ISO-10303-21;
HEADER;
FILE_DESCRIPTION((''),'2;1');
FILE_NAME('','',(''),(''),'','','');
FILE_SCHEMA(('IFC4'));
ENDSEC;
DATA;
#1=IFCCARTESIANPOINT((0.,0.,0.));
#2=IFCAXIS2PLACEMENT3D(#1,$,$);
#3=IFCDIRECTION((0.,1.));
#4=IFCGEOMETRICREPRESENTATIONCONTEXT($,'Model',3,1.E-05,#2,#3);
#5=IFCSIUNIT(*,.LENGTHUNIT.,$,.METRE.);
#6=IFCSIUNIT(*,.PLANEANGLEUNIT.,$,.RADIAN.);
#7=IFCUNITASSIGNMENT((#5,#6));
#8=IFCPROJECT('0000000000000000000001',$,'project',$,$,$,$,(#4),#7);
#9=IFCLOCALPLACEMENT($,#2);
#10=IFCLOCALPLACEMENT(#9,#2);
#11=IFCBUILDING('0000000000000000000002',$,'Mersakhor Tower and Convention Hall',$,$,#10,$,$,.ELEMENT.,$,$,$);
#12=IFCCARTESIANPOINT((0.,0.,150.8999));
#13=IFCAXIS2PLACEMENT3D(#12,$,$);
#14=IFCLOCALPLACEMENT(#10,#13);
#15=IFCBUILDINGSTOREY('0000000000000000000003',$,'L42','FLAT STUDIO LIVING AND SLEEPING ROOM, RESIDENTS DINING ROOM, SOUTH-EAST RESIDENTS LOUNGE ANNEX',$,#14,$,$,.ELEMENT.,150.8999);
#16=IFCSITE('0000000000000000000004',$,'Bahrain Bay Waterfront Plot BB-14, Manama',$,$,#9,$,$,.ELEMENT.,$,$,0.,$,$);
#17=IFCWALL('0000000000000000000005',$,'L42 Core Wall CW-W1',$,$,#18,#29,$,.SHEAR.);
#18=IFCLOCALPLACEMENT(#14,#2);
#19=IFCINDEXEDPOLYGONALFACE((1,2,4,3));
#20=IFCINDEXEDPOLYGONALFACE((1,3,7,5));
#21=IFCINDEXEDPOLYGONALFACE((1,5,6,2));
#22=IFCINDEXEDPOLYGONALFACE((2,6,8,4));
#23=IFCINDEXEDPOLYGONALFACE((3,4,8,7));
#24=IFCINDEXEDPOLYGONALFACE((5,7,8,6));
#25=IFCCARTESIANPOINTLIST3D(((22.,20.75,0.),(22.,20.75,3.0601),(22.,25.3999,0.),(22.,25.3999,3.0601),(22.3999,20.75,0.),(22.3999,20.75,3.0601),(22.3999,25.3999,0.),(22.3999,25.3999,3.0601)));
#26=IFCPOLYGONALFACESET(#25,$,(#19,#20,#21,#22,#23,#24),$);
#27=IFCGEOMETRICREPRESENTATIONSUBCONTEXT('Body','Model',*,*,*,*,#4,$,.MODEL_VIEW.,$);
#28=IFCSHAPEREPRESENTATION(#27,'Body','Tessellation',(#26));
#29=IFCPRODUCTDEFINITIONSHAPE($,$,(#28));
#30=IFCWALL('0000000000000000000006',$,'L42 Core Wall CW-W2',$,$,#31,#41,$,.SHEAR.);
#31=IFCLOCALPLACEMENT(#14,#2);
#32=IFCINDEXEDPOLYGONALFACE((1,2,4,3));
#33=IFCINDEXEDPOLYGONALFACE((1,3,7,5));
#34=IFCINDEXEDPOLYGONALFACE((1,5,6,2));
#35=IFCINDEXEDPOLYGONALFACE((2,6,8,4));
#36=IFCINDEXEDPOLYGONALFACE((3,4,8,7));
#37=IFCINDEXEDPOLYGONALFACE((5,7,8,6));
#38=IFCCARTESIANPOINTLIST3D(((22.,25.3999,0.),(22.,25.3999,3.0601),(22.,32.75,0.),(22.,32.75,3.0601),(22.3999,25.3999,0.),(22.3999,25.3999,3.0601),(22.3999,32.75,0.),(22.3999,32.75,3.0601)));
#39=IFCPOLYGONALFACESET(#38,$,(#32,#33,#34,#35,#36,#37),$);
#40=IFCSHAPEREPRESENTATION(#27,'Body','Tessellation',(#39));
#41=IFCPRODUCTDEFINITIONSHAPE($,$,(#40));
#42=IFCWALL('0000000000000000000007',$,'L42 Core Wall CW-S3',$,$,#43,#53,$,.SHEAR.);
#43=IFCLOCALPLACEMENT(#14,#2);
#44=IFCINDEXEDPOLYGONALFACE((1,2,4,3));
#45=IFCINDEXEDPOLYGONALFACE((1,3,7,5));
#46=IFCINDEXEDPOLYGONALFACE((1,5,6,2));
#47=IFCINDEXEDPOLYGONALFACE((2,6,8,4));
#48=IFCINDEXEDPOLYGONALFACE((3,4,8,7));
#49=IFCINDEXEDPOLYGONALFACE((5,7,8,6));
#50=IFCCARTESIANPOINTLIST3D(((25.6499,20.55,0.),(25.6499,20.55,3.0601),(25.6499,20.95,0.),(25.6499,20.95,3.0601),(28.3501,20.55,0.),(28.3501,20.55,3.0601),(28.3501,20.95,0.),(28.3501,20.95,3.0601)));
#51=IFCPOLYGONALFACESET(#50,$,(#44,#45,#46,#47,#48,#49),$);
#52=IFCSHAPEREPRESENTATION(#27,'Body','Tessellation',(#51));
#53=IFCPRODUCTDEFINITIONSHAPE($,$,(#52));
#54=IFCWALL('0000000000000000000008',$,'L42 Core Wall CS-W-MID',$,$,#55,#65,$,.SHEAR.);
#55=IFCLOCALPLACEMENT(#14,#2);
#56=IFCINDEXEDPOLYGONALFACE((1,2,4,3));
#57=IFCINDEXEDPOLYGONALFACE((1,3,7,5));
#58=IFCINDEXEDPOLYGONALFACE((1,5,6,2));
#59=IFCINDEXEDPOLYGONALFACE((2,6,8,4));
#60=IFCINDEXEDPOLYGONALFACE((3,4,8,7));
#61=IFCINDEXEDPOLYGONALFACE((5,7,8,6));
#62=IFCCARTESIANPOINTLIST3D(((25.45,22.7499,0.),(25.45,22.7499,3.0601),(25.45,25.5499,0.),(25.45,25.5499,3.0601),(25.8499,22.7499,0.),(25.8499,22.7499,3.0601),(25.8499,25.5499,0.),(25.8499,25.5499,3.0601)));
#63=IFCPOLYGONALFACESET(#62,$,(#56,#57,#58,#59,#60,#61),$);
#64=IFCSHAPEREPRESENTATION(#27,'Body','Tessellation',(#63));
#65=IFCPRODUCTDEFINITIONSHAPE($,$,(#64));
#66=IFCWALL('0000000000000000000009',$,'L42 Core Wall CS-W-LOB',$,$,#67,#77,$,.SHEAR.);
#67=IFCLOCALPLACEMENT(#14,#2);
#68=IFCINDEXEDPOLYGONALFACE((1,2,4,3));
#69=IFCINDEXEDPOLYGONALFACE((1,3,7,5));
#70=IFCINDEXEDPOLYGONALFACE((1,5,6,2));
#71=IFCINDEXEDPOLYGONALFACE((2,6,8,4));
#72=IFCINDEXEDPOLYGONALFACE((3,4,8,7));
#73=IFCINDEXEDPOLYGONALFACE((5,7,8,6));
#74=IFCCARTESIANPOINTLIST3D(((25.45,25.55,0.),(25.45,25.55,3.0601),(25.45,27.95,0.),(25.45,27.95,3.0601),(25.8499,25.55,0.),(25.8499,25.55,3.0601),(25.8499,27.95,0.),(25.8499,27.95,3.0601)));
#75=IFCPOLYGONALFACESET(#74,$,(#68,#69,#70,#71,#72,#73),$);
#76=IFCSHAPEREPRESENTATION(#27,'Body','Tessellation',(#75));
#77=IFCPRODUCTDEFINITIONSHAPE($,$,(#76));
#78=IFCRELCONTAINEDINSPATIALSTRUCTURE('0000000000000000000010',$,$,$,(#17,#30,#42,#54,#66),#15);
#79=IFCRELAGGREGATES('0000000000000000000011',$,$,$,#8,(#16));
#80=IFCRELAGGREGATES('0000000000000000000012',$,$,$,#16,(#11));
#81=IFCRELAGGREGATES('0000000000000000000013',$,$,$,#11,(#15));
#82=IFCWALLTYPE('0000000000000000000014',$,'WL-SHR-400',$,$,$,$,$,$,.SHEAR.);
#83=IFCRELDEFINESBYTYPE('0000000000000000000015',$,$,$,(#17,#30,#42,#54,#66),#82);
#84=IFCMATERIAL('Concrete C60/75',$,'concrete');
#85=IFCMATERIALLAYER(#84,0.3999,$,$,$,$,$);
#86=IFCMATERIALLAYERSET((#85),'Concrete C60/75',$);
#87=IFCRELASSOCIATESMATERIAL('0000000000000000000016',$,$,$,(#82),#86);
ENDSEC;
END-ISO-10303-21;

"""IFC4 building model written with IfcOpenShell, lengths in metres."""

from ifc_helpers import new_model, si_unit, direction, frame, frame_2d, origin, place, context, subcontext, project, spatial, rectangle, extrude, material, layer, layer_set, type_object, element, save


model = new_model("IFC4")

# Units and contexts
model_context = context("Model", 3, precision=1e-05, world=origin(), true_north=direction((0.0, 1.0)))
body_context = subcontext(model_context, "Body", "Model", "MODEL_VIEW")
ifc_project = project(units=[si_unit("LENGTHUNIT", "METRE"), si_unit("PLANEANGLEUNIT", "RADIAN")], contexts=[model_context])

# Site, building, storey
site_placement = place(None, origin())
site = spatial("IfcSite", under=ifc_project, at=site_placement, Name="Bahrain Bay Waterfront Plot BB-14, Manama", CompositionType="ELEMENT", RefElevation=0.0)
building_placement = place(site_placement, origin())
building = spatial("IfcBuilding", under=site, at=building_placement, Name="Mersakhor Tower and Convention Hall", CompositionType="ELEMENT")
storey_placement = place(building_placement, frame((0.0, 0.0, 150.8999)))
storey = spatial("IfcBuildingStorey", under=building, at=storey_placement, Name="L42", Description="FLAT STUDIO LIVING AND SLEEPING ROOM, RESIDENTS DINING ROOM, SOUTH-EAST RESIDENTS LOUNGE ANNEX", CompositionType="ELEMENT", Elevation=150.8999)

# Walls
ifc_material_1 = material(Name="Concrete C60/75", Category="concrete")
ifc_layer_1 = layer(ifc_material_1, 0.3999)
ifc_layer_set_1 = layer_set([ifc_layer_1], Name="Concrete C60/75")
wall_type_1 = type_object("IfcWallType", Name="WL-SHR-400", PredefinedType="SHEAR", material=ifc_layer_set_1)
wall_1_placement = place(storey_placement, frame((22.2, 20.75, 0.0), z_axis=(0.0, 0.0, 1.0), x_axis=(0.0, 1.0, 0.0)))
element("IfcWall", 1, at=wall_1_placement, inside=storey, type_object=wall_type_1, Name="L42 Core Wall CW-W1", PredefinedType="SHEAR", context=body_context, shape_type="SweptSolid", body=[
    extrude(rectangle(XDim=4.6499, YDim=0.3999, at=frame_2d((2.325, 0.0))), origin(), (0.0, 0.0, 1.0), 3.0601),
])
wall_2_placement = place(storey_placement, frame((22.2, 25.3999, 0.0), z_axis=(0.0, 0.0, 1.0), x_axis=(0.0, 1.0, 0.0)))
element("IfcWall", 2, at=wall_2_placement, inside=storey, type_object=wall_type_1, Name="L42 Core Wall CW-W2", PredefinedType="SHEAR", context=body_context, shape_type="SweptSolid", body=[
    extrude(rectangle(XDim=7.3501, YDim=0.3999, at=frame_2d((3.675, 0.0))), origin(), (0.0, 0.0, 1.0), 3.0601),
])
wall_3_placement = place(storey_placement, frame((28.3501, 20.75, 0.0), z_axis=(0.0, 0.0, 1.0), x_axis=(-1.0, 0.0, 0.0)))
element("IfcWall", 3, at=wall_3_placement, inside=storey, type_object=wall_type_1, Name="L42 Core Wall CW-S3", PredefinedType="SHEAR", context=body_context, shape_type="SweptSolid", body=[
    extrude(rectangle(XDim=2.7002, YDim=0.3999, at=frame_2d((1.3501, 0.0))), origin(), (0.0, 0.0, 1.0), 3.0601),
])

# Walls
wall_4_placement = place(storey_placement, frame((25.6499, 22.75, 0.0), z_axis=(0.0, 0.0, 1.0), x_axis=(0.0, 1.0, 0.0)))
element("IfcWall", 4, at=wall_4_placement, inside=storey, type_object=wall_type_1, Name="L42 Core Wall CS-W-MID", PredefinedType="SHEAR", context=body_context, shape_type="SweptSolid", body=[
    extrude(rectangle(XDim=2.8, YDim=0.3999, at=frame_2d((1.3999, 0.0))), origin(), (0.0, 0.0, 1.0), 3.0601),
])
wall_5_placement = place(storey_placement, frame((25.6499, 25.55, 0.0), z_axis=(0.0, 0.0, 1.0), x_axis=(0.0, 1.0, 0.0)))
element("IfcWall", 5, at=wall_5_placement, inside=storey, type_object=wall_type_1, Name="L42 Core Wall CS-W-LOB", PredefinedType="SHEAR", context=body_context, shape_type="SweptSolid", body=[
    extrude(rectangle(XDim=2.3999, YDim=0.3999, at=frame_2d((1.2, 0.0))), origin(), (0.0, 0.0, 1.0), 3.0601),
])

save(model, "model.ifc")
